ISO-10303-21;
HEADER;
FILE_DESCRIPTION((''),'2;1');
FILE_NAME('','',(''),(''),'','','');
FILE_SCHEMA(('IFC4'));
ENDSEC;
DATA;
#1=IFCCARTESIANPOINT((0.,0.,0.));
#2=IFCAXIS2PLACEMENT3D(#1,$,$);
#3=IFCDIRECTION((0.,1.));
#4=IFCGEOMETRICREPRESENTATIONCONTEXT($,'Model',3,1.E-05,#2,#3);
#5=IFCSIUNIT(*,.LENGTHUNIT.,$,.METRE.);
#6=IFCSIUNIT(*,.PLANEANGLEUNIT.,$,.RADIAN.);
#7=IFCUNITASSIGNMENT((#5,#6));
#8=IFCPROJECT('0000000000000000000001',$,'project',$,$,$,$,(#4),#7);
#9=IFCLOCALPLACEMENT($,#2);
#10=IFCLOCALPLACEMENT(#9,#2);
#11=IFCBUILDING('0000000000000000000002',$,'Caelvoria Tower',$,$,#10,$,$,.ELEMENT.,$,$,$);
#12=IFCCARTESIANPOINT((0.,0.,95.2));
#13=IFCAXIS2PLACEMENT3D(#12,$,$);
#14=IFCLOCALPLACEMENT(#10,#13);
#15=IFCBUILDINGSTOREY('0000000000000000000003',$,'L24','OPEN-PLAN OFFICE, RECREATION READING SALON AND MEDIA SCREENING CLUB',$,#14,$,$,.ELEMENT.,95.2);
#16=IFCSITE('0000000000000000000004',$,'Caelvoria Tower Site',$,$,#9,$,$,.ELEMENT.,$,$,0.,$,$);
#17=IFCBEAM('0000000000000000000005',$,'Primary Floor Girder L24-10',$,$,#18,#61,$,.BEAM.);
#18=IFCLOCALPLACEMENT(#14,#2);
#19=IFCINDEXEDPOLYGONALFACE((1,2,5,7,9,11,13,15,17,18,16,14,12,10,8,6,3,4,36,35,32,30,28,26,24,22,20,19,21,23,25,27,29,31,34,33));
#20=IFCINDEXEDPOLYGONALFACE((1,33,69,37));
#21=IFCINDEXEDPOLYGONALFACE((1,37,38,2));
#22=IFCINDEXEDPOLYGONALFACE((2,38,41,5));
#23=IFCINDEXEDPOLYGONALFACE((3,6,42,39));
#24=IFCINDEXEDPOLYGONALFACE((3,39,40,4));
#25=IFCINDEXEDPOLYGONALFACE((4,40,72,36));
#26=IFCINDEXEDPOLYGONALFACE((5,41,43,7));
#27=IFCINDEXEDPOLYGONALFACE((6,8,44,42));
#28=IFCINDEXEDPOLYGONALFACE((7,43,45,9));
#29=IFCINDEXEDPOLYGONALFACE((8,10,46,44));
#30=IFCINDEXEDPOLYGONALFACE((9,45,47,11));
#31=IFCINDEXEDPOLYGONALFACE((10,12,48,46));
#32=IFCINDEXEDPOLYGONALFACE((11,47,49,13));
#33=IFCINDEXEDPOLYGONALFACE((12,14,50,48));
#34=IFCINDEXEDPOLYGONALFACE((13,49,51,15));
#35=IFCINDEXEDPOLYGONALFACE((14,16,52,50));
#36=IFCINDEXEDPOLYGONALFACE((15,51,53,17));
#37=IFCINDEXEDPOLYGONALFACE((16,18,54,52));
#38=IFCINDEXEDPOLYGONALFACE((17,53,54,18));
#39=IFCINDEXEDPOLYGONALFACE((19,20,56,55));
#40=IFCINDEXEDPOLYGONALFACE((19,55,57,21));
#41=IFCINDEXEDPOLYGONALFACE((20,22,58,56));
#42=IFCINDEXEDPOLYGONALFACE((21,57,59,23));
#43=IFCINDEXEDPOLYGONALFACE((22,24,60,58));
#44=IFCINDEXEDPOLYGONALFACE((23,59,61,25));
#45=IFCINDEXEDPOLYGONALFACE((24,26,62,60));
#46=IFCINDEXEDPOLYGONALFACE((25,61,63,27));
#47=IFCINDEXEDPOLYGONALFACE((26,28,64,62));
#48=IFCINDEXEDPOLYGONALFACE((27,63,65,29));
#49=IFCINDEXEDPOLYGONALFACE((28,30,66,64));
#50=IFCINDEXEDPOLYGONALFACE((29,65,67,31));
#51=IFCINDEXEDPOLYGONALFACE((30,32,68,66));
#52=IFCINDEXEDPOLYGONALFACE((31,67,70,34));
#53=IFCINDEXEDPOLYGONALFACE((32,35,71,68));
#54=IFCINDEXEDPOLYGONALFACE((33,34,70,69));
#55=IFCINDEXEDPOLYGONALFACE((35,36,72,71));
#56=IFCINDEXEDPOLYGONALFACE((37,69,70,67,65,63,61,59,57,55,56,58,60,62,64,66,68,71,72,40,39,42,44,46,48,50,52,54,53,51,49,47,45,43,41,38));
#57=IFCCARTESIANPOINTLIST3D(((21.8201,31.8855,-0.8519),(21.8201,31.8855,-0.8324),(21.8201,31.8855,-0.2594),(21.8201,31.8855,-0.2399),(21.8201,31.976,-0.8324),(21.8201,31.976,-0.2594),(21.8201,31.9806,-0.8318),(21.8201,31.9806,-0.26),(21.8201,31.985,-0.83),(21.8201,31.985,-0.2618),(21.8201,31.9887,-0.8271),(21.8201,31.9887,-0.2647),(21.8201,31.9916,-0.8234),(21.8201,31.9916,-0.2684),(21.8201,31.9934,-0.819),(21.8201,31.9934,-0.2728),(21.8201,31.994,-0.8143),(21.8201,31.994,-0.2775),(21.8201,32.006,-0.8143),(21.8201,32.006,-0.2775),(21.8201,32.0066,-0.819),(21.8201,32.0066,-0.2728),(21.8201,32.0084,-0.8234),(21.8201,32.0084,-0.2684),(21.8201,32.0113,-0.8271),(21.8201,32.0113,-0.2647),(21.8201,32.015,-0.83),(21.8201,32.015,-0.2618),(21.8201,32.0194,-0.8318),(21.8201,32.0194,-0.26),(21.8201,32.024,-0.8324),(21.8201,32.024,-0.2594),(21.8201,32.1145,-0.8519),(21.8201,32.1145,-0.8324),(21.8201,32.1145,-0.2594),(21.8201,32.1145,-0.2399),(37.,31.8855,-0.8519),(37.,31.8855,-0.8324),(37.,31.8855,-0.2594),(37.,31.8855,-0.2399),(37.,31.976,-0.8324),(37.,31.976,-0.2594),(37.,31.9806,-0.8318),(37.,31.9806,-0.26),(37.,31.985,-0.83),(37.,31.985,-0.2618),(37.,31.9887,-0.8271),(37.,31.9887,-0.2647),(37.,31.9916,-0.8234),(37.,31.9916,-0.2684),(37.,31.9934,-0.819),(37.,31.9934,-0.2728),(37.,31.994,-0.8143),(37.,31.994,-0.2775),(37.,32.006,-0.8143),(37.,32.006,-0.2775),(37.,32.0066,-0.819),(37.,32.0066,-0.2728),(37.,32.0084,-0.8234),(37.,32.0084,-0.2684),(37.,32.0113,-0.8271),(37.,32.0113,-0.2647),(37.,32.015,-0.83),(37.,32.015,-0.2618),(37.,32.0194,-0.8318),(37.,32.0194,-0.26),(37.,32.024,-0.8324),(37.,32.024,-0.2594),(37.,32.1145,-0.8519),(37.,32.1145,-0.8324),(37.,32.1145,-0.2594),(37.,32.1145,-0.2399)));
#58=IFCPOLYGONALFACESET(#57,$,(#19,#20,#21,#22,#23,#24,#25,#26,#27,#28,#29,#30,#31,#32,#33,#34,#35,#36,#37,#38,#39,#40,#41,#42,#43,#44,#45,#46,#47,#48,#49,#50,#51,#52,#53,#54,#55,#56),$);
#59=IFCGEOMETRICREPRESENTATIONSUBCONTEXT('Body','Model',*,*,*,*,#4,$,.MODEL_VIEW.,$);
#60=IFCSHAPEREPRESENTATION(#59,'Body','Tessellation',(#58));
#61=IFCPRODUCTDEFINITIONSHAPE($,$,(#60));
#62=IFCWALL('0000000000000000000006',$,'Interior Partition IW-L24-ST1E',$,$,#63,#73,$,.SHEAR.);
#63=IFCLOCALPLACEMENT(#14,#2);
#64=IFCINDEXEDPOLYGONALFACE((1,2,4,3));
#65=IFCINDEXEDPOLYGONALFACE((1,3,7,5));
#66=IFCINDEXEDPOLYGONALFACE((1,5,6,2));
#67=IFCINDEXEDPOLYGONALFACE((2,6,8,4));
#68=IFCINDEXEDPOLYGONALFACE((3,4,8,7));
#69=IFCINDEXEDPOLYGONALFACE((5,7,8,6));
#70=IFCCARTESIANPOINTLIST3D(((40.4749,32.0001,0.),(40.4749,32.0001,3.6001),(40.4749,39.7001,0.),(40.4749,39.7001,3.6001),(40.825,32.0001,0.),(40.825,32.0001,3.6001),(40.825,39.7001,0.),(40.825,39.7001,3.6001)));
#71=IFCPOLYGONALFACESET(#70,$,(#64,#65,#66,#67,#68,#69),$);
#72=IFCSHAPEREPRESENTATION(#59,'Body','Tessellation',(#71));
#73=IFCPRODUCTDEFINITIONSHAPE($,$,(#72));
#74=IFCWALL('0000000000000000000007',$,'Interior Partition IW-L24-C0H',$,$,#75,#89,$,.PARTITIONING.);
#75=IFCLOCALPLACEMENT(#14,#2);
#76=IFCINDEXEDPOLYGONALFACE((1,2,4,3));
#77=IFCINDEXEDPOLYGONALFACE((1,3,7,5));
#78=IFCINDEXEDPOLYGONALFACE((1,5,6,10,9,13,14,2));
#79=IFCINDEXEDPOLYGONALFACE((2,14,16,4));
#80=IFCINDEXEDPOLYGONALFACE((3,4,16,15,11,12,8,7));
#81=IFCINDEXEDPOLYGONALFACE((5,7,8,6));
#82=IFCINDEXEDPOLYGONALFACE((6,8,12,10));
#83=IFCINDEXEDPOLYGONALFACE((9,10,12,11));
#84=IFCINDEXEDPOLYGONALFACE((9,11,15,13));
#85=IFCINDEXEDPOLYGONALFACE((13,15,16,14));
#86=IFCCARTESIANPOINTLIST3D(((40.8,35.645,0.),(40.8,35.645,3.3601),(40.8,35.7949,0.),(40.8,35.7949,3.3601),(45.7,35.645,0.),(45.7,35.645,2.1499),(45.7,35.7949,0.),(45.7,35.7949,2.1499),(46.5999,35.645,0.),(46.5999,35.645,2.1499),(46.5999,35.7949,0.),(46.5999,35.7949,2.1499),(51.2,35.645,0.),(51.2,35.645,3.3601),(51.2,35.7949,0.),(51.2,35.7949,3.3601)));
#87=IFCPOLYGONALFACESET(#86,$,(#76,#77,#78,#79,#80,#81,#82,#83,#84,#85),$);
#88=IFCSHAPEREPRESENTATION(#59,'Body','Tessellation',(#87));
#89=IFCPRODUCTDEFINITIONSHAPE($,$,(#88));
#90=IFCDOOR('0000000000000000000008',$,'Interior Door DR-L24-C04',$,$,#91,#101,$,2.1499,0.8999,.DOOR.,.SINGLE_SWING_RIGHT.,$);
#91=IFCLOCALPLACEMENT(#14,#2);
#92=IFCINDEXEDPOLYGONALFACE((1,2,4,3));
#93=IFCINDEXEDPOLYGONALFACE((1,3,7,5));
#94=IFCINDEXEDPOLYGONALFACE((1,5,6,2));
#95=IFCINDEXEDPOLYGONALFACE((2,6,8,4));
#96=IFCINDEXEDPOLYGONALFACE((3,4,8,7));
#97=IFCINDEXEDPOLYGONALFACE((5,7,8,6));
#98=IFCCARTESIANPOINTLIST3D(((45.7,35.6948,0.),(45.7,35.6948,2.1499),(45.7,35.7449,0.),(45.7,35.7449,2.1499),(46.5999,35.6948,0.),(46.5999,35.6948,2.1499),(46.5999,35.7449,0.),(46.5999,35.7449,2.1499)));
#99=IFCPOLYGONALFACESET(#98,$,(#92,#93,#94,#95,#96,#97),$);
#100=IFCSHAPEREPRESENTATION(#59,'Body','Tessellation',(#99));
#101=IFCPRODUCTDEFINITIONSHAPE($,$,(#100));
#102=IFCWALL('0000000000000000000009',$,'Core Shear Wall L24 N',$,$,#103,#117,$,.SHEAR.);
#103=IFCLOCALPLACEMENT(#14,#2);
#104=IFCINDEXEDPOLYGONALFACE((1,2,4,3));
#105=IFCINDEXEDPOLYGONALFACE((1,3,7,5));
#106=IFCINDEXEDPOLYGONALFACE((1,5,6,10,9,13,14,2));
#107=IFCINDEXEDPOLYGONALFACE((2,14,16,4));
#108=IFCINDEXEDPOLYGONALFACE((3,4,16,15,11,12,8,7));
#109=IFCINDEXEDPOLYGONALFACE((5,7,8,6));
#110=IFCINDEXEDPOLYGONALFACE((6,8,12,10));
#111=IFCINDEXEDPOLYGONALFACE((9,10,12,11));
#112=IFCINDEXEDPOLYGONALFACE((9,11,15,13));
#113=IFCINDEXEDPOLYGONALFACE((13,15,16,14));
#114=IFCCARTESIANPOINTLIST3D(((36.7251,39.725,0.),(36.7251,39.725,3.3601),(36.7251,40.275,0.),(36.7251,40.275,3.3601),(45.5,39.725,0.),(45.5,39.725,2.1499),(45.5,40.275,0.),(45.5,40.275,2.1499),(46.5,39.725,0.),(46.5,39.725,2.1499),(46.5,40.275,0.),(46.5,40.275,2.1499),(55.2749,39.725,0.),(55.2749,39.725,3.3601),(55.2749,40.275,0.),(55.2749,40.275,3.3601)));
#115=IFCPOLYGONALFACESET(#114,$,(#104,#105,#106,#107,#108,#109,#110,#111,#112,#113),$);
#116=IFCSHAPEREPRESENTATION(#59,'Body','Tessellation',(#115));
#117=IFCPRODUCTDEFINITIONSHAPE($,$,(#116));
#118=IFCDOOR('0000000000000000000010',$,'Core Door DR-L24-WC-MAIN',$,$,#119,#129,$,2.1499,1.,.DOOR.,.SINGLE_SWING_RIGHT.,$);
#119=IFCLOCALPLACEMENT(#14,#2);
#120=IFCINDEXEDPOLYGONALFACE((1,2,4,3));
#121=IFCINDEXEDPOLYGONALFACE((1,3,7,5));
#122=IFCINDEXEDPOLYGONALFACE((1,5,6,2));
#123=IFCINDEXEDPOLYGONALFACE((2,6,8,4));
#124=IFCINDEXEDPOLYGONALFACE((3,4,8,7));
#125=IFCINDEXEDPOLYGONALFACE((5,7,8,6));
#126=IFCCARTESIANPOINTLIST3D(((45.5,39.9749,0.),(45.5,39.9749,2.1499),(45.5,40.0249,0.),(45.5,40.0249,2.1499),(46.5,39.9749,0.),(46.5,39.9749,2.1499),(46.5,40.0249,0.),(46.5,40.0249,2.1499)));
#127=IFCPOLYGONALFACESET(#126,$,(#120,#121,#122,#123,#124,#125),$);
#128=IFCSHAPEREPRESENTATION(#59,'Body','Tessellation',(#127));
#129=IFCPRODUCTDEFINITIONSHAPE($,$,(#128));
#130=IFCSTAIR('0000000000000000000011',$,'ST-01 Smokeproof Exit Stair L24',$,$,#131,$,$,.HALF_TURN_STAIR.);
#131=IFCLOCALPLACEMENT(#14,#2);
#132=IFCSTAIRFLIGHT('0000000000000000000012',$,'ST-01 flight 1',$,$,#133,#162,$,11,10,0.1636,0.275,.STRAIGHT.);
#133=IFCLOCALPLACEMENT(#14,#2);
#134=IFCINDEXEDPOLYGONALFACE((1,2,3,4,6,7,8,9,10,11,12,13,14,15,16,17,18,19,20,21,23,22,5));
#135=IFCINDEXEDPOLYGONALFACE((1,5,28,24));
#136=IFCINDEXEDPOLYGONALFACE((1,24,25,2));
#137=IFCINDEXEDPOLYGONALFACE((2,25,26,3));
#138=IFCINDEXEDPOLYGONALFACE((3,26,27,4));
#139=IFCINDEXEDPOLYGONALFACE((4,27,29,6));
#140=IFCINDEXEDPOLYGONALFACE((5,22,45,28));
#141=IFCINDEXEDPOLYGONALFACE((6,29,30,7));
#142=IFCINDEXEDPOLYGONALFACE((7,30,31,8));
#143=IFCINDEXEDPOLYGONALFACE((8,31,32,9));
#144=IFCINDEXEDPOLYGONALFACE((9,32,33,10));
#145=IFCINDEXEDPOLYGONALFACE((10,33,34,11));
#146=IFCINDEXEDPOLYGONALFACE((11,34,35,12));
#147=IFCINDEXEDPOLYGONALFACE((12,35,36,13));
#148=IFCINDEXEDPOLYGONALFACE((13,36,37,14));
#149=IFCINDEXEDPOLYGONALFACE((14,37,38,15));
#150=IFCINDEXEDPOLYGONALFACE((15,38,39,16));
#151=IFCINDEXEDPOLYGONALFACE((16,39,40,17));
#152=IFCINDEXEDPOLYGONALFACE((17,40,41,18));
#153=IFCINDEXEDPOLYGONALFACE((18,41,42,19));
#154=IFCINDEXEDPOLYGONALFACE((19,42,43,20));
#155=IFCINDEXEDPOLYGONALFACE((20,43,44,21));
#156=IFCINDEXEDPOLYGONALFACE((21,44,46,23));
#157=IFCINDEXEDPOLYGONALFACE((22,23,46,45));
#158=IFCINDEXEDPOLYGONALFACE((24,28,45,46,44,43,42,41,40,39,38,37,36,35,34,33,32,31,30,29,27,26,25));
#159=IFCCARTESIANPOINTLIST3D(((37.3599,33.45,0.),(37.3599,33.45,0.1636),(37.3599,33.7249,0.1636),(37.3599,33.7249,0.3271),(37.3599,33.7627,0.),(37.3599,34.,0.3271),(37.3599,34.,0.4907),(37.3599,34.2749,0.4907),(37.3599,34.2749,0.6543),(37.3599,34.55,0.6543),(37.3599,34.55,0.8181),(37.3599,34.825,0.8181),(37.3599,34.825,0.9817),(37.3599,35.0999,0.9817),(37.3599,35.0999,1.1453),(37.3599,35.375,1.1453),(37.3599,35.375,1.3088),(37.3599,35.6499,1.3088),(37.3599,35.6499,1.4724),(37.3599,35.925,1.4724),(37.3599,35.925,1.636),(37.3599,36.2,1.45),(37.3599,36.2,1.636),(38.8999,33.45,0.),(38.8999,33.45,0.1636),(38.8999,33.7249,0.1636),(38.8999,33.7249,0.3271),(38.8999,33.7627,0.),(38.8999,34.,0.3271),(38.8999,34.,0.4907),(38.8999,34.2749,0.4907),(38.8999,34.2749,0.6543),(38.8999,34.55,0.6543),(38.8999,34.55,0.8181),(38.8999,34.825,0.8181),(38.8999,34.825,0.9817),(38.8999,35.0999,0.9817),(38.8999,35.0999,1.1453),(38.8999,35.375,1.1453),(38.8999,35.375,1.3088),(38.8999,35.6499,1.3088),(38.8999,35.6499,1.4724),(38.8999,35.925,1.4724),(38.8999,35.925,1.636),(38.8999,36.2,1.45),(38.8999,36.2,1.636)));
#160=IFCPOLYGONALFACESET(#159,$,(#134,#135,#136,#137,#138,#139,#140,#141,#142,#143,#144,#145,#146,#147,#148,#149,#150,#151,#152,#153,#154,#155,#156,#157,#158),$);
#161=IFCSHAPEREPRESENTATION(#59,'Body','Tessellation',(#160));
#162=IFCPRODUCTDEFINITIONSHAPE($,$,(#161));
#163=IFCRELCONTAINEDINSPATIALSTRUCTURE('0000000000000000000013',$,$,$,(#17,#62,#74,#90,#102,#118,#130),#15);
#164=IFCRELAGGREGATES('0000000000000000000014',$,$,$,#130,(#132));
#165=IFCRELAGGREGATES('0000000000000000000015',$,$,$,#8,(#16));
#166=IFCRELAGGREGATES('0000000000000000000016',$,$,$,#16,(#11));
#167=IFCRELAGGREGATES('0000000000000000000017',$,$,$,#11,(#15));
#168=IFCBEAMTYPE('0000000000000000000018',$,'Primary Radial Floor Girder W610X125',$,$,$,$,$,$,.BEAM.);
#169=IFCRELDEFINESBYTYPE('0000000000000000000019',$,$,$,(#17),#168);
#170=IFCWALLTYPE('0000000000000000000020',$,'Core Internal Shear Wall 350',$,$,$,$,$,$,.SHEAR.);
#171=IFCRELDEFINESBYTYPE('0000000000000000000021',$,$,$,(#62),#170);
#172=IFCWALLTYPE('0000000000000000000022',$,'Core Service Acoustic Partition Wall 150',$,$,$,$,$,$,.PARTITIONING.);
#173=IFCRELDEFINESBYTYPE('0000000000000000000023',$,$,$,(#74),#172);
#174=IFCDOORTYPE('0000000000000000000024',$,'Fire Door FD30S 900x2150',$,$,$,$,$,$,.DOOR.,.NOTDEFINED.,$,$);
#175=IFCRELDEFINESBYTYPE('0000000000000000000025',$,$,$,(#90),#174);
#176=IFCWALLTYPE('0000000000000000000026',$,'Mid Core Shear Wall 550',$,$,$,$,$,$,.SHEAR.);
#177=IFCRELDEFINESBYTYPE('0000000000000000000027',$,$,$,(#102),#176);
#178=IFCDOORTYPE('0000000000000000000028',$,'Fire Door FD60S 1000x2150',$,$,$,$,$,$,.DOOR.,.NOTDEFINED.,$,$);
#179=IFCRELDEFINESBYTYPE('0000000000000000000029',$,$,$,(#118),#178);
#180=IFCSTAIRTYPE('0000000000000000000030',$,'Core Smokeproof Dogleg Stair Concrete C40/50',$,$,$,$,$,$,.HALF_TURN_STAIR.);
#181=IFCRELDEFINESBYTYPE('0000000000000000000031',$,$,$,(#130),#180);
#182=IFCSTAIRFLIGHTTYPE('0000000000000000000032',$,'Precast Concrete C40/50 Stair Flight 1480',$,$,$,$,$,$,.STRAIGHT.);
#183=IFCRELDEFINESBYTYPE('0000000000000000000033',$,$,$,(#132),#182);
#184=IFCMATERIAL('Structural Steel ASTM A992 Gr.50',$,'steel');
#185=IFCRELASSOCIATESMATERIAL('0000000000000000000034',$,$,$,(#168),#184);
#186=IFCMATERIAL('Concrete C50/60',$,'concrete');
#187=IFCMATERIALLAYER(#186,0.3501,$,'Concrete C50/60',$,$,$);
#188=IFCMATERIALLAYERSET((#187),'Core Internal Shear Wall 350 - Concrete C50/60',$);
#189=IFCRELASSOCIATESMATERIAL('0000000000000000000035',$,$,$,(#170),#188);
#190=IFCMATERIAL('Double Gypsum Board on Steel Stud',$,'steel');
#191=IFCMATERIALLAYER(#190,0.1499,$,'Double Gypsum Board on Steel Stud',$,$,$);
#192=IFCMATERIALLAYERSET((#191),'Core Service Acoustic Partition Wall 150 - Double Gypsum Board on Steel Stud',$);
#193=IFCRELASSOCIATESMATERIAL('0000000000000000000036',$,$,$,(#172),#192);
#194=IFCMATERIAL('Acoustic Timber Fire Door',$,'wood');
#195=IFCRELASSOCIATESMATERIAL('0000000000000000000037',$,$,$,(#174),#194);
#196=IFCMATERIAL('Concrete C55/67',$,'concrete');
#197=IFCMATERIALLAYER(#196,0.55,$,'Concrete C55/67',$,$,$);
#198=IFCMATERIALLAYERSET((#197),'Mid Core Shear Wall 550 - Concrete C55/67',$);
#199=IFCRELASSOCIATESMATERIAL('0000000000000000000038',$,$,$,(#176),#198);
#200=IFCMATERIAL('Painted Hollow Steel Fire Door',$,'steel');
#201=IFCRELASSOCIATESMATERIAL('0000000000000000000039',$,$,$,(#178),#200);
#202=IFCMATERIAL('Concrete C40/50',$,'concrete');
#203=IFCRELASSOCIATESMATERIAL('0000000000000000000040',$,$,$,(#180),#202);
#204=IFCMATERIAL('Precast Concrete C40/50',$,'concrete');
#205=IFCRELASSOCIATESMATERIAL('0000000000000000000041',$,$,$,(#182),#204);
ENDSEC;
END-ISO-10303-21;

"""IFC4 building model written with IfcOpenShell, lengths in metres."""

from ifc_helpers import new_model, si_unit, direction, frame, frame_2d, origin, origin_2d, place, context, subcontext, project, spatial, polyline, rectangle, i_section, outline, extrude, material, layer, layer_set, material_profile, profile_set, type_object, element, fill, aggregate, save


model = new_model("IFC4")

# Units and contexts
model_context = context("Model", 3, precision=1e-05, world=origin(), true_north=direction((0.0, 1.0)))
body_context = subcontext(model_context, "Body", "Model", "MODEL_VIEW")
ifc_project = project(units=[si_unit("LENGTHUNIT", "METRE"), si_unit("PLANEANGLEUNIT", "RADIAN")], contexts=[model_context])

# Site, building, storey
site_placement = place(None, origin())
site = spatial("IfcSite", under=ifc_project, at=site_placement, Name="Caelvoria Tower Site", CompositionType="ELEMENT", RefElevation=0.0)
building_placement = place(site_placement, origin())
building = spatial("IfcBuilding", under=site, at=building_placement, Name="Caelvoria Tower", CompositionType="ELEMENT")
storey_placement = place(building_placement, frame((0.0, 0.0, 95.2)))
storey = spatial("IfcBuildingStorey", under=building, at=storey_placement, Name="L24", Description="OPEN-PLAN OFFICE, RECREATION READING SALON AND MEDIA SCREENING CLUB", CompositionType="ELEMENT", Elevation=95.2)

# Beam
ifc_material_1 = material(Name="Structural Steel ASTM A992 Gr.50", Category="steel")
ifc_material_profile_1 = material_profile(ifc_material_1, i_section(OverallWidth=0.229, OverallDepth=0.6121, WebThickness=0.012, FlangeThickness=0.0195, FilletRadius=0.0181, at=origin_2d()), Name="Structural Steel ASTM A992 Gr.50")
ifc_profile_set_1 = profile_set([ifc_material_profile_1], Name="W610X125 - Structural Steel ASTM A992 Gr.50")
beam_type_1 = type_object("IfcBeamType", Name="Primary Radial Floor Girder W610X125", PredefinedType="BEAM", material=ifc_profile_set_1)
beam_1_placement = place(storey_placement, frame((37.0, 32.0, -0.5459), z_axis=(-1.0, 0.0, 0.0), x_axis=(0.0, -1.0, 0.0)))
element("IfcBeam", 1, at=beam_1_placement, inside=storey, type_object=beam_type_1, Name="Primary Floor Girder L24-10", PredefinedType="BEAM", context=body_context, shape_type="SweptSolid", body=[
    extrude(i_section(OverallWidth=0.229, OverallDepth=0.6121, WebThickness=0.012, FlangeThickness=0.0195, FilletRadius=0.0181, at=origin_2d()), origin(), (0.0, 0.0, 1.0), 15.1799),
])

# Wall
ifc_material_2 = material(Name="Concrete C50/60", Category="concrete")
ifc_layer_1 = layer(ifc_material_2, 0.3501, Name="Concrete C50/60")
ifc_layer_set_1 = layer_set([ifc_layer_1], Name="Core Internal Shear Wall 350 - Concrete C50/60")
wall_type_1 = type_object("IfcWallType", Name="Core Internal Shear Wall 350", PredefinedType="SHEAR", material=ifc_layer_set_1)
wall_1_placement = place(storey_placement, frame((40.6499, 32.0, 0.0), z_axis=(0.0, 0.0, 1.0), x_axis=(0.0, 1.0, 0.0)))
element("IfcWall", 2, at=wall_1_placement, inside=storey, type_object=wall_type_1, Name="Interior Partition IW-L24-ST1E", PredefinedType="SHEAR", context=body_context, shape_type="SweptSolid", body=[
    extrude(rectangle(XDim=7.7, YDim=0.3501, at=frame_2d((3.8501, 0.0))), origin(), (0.0, 0.0, 1.0), 3.6001),
])

# Walls, openings, doors
ifc_material_3 = material(Name="Double Gypsum Board on Steel Stud", Category="steel")
ifc_layer_2 = layer(ifc_material_3, 0.1499, Name="Double Gypsum Board on Steel Stud")
ifc_layer_set_2 = layer_set([ifc_layer_2], Name="Core Service Acoustic Partition Wall 150 - Double Gypsum Board on Steel Stud")
wall_type_2 = type_object("IfcWallType", Name="Core Service Acoustic Partition Wall 150", PredefinedType="PARTITIONING", material=ifc_layer_set_2)
wall_2_placement = place(storey_placement, frame((40.8, 35.72, 0.0), z_axis=(0.0, 0.0, 1.0), x_axis=(1.0, 0.0, 0.0)))
wall_2 = element("IfcWall", 3, at=wall_2_placement, inside=storey, type_object=wall_type_2, Name="Interior Partition IW-L24-C0H", PredefinedType="PARTITIONING", context=body_context, shape_type="SweptSolid", body=[
    extrude(rectangle(XDim=10.3999, YDim=0.1499, at=frame_2d((5.2, 0.0))), origin(), (0.0, 0.0, 1.0), 3.3601),
])
opening_1_placement = place(wall_2_placement, frame((4.8999, 0.0, 0.0)))
opening_1 = element("IfcOpeningElement", 4, at=opening_1_placement, cuts=wall_2, PredefinedType="OPENING", context=body_context, shape_type="SweptSolid", body=[
    extrude(rectangle(XDim=0.8999, YDim=2.1499, at=frame_2d((0.45, 1.075))), frame((0.0, 0.085, 0.0), z_axis=(0.0, -1.0, 0.0), x_axis=(1.0, 0.0, 0.0)), (0.0, 0.0, 1.0), 0.1699),
])
ifc_material_4 = material(Name="Acoustic Timber Fire Door", Category="wood")
door_type_1 = type_object("IfcDoorType", Name="Fire Door FD30S 900x2150", OperationType="NOTDEFINED", PredefinedType="DOOR", material=ifc_material_4)
door_1_placement = place(opening_1_placement, origin())
door_1 = element("IfcDoor", 5, at=door_1_placement, inside=storey, type_object=door_type_1, Name="Interior Door DR-L24-C04", OperationType="SINGLE_SWING_RIGHT", OverallHeight=2.1499, OverallWidth=0.8999, PredefinedType="DOOR", context=body_context, shape_type="SweptSolid", body=[
    extrude(rectangle(XDim=0.8999, YDim=2.1499, at=frame_2d((0.45, 1.075))), frame((0.0, 0.0249, 0.0), z_axis=(0.0, -1.0, 0.0), x_axis=(1.0, 0.0, 0.0)), (0.0, 0.0, 1.0), 0.05),
])
fill(opening_1, door_1)
ifc_material_5 = material(Name="Concrete C55/67", Category="concrete")
ifc_layer_3 = layer(ifc_material_5, 0.55, Name="Concrete C55/67")
ifc_layer_set_3 = layer_set([ifc_layer_3], Name="Mid Core Shear Wall 550 - Concrete C55/67")
wall_type_3 = type_object("IfcWallType", Name="Mid Core Shear Wall 550", PredefinedType="SHEAR", material=ifc_layer_set_3)
wall_3_placement = place(storey_placement, frame((36.7251, 40.0, 0.0), z_axis=(0.0, 0.0, 1.0), x_axis=(1.0, 0.0, 0.0)))
wall_3 = element("IfcWall", 6, at=wall_3_placement, inside=storey, type_object=wall_type_3, Name="Core Shear Wall L24 N", PredefinedType="SHEAR", context=body_context, shape_type="SweptSolid", body=[
    extrude(rectangle(XDim=18.5498, YDim=0.55, at=frame_2d((9.2749, 0.0))), origin(), (0.0, 0.0, 1.0), 3.3601),
])
opening_2_placement = place(wall_3_placement, frame((8.7749, 0.0, 0.0)))
opening_2 = element("IfcOpeningElement", 7, at=opening_2_placement, cuts=wall_3, PredefinedType="OPENING", context=body_context, shape_type="SweptSolid", body=[
    extrude(rectangle(XDim=1.0, YDim=2.1499, at=frame_2d((0.5, 1.075))), frame((0.0, 0.2849, 0.0), z_axis=(0.0, -1.0, 0.0), x_axis=(1.0, 0.0, 0.0)), (0.0, 0.0, 1.0), 0.5701),
])
ifc_material_6 = material(Name="Painted Hollow Steel Fire Door", Category="steel")
door_type_2 = type_object("IfcDoorType", Name="Fire Door FD60S 1000x2150", OperationType="NOTDEFINED", PredefinedType="DOOR", material=ifc_material_6)
door_2_placement = place(opening_2_placement, origin())
door_2 = element("IfcDoor", 8, at=door_2_placement, inside=storey, type_object=door_type_2, Name="Core Door DR-L24-WC-MAIN", OperationType="SINGLE_SWING_RIGHT", OverallHeight=2.1499, OverallWidth=1.0, PredefinedType="DOOR", context=body_context, shape_type="SweptSolid", body=[
    extrude(rectangle(XDim=1.0, YDim=2.1499, at=frame_2d((0.5, 1.075))), frame((0.0, 0.0249, 0.0), z_axis=(0.0, -1.0, 0.0), x_axis=(1.0, 0.0, 0.0)), (0.0, 0.0, 1.0), 0.05),
])
fill(opening_2, door_2)

# Stair, stair flight
ifc_material_7 = material(Name="Concrete C40/50", Category="concrete")
stair_type = type_object("IfcStairType", Name="Core Smokeproof Dogleg Stair Concrete C40/50", PredefinedType="HALF_TURN_STAIR", material=ifc_material_7)
stair_placement = place(storey_placement, origin())
stair = element("IfcStair", 9, at=stair_placement, inside=storey, type_object=stair_type, Name="ST-01 Smokeproof Exit Stair L24", PredefinedType="HALF_TURN_STAIR")
ifc_material_8 = material(Name="Precast Concrete C40/50", Category="concrete")
stair_flight_type = type_object("IfcStairFlightType", Name="Precast Concrete C40/50 Stair Flight 1480", PredefinedType="STRAIGHT", material=ifc_material_8)
stair_flight_1_placement = place(storey_placement, frame((38.1299, 33.45, 0.0), z_axis=(0.0, 0.0, 1.0), x_axis=(0.0, 1.0, 0.0)))
stair_flight_1 = element("IfcStairFlight", 10, at=stair_flight_1_placement, type_object=stair_flight_type, Name="ST-01 flight 1", NumberOfRisers=11, NumberOfTreads=10, PredefinedType="STRAIGHT", RiserHeight=0.1636, TreadLength=0.275, context=body_context, shape_type="SweptSolid", body=[
    extrude(outline(polyline([(0.0, 0.0), (0.0, 0.1636), (0.2749, 0.1636), (0.2749, 0.3271), (0.55, 0.3271), (0.55, 0.4907), (0.825, 0.4907), (0.825, 0.6543), (1.1001, 0.6543), (1.1001, 0.8181), (1.375, 0.8181), (1.375, 0.9817), (1.6499, 0.9817), (1.6499, 1.1453), (1.925, 1.1453), (1.925, 1.3088), (2.2, 1.3088), (2.2, 1.4724), (2.4751, 1.4724), (2.4751, 1.636), (2.75, 1.636), (2.75, 1.7996), (2.75, 1.45), (0.3127, 0.0), (0.0, 0.0)])), frame((0.0, 0.77, 0.0), z_axis=(0.0, -1.0, 0.0), x_axis=(1.0, 0.0, 0.0)), (0.0, 0.0, 1.0), 1.54),
])
aggregate(stair, [stair_flight_1])

save(model, "model.ifc")
